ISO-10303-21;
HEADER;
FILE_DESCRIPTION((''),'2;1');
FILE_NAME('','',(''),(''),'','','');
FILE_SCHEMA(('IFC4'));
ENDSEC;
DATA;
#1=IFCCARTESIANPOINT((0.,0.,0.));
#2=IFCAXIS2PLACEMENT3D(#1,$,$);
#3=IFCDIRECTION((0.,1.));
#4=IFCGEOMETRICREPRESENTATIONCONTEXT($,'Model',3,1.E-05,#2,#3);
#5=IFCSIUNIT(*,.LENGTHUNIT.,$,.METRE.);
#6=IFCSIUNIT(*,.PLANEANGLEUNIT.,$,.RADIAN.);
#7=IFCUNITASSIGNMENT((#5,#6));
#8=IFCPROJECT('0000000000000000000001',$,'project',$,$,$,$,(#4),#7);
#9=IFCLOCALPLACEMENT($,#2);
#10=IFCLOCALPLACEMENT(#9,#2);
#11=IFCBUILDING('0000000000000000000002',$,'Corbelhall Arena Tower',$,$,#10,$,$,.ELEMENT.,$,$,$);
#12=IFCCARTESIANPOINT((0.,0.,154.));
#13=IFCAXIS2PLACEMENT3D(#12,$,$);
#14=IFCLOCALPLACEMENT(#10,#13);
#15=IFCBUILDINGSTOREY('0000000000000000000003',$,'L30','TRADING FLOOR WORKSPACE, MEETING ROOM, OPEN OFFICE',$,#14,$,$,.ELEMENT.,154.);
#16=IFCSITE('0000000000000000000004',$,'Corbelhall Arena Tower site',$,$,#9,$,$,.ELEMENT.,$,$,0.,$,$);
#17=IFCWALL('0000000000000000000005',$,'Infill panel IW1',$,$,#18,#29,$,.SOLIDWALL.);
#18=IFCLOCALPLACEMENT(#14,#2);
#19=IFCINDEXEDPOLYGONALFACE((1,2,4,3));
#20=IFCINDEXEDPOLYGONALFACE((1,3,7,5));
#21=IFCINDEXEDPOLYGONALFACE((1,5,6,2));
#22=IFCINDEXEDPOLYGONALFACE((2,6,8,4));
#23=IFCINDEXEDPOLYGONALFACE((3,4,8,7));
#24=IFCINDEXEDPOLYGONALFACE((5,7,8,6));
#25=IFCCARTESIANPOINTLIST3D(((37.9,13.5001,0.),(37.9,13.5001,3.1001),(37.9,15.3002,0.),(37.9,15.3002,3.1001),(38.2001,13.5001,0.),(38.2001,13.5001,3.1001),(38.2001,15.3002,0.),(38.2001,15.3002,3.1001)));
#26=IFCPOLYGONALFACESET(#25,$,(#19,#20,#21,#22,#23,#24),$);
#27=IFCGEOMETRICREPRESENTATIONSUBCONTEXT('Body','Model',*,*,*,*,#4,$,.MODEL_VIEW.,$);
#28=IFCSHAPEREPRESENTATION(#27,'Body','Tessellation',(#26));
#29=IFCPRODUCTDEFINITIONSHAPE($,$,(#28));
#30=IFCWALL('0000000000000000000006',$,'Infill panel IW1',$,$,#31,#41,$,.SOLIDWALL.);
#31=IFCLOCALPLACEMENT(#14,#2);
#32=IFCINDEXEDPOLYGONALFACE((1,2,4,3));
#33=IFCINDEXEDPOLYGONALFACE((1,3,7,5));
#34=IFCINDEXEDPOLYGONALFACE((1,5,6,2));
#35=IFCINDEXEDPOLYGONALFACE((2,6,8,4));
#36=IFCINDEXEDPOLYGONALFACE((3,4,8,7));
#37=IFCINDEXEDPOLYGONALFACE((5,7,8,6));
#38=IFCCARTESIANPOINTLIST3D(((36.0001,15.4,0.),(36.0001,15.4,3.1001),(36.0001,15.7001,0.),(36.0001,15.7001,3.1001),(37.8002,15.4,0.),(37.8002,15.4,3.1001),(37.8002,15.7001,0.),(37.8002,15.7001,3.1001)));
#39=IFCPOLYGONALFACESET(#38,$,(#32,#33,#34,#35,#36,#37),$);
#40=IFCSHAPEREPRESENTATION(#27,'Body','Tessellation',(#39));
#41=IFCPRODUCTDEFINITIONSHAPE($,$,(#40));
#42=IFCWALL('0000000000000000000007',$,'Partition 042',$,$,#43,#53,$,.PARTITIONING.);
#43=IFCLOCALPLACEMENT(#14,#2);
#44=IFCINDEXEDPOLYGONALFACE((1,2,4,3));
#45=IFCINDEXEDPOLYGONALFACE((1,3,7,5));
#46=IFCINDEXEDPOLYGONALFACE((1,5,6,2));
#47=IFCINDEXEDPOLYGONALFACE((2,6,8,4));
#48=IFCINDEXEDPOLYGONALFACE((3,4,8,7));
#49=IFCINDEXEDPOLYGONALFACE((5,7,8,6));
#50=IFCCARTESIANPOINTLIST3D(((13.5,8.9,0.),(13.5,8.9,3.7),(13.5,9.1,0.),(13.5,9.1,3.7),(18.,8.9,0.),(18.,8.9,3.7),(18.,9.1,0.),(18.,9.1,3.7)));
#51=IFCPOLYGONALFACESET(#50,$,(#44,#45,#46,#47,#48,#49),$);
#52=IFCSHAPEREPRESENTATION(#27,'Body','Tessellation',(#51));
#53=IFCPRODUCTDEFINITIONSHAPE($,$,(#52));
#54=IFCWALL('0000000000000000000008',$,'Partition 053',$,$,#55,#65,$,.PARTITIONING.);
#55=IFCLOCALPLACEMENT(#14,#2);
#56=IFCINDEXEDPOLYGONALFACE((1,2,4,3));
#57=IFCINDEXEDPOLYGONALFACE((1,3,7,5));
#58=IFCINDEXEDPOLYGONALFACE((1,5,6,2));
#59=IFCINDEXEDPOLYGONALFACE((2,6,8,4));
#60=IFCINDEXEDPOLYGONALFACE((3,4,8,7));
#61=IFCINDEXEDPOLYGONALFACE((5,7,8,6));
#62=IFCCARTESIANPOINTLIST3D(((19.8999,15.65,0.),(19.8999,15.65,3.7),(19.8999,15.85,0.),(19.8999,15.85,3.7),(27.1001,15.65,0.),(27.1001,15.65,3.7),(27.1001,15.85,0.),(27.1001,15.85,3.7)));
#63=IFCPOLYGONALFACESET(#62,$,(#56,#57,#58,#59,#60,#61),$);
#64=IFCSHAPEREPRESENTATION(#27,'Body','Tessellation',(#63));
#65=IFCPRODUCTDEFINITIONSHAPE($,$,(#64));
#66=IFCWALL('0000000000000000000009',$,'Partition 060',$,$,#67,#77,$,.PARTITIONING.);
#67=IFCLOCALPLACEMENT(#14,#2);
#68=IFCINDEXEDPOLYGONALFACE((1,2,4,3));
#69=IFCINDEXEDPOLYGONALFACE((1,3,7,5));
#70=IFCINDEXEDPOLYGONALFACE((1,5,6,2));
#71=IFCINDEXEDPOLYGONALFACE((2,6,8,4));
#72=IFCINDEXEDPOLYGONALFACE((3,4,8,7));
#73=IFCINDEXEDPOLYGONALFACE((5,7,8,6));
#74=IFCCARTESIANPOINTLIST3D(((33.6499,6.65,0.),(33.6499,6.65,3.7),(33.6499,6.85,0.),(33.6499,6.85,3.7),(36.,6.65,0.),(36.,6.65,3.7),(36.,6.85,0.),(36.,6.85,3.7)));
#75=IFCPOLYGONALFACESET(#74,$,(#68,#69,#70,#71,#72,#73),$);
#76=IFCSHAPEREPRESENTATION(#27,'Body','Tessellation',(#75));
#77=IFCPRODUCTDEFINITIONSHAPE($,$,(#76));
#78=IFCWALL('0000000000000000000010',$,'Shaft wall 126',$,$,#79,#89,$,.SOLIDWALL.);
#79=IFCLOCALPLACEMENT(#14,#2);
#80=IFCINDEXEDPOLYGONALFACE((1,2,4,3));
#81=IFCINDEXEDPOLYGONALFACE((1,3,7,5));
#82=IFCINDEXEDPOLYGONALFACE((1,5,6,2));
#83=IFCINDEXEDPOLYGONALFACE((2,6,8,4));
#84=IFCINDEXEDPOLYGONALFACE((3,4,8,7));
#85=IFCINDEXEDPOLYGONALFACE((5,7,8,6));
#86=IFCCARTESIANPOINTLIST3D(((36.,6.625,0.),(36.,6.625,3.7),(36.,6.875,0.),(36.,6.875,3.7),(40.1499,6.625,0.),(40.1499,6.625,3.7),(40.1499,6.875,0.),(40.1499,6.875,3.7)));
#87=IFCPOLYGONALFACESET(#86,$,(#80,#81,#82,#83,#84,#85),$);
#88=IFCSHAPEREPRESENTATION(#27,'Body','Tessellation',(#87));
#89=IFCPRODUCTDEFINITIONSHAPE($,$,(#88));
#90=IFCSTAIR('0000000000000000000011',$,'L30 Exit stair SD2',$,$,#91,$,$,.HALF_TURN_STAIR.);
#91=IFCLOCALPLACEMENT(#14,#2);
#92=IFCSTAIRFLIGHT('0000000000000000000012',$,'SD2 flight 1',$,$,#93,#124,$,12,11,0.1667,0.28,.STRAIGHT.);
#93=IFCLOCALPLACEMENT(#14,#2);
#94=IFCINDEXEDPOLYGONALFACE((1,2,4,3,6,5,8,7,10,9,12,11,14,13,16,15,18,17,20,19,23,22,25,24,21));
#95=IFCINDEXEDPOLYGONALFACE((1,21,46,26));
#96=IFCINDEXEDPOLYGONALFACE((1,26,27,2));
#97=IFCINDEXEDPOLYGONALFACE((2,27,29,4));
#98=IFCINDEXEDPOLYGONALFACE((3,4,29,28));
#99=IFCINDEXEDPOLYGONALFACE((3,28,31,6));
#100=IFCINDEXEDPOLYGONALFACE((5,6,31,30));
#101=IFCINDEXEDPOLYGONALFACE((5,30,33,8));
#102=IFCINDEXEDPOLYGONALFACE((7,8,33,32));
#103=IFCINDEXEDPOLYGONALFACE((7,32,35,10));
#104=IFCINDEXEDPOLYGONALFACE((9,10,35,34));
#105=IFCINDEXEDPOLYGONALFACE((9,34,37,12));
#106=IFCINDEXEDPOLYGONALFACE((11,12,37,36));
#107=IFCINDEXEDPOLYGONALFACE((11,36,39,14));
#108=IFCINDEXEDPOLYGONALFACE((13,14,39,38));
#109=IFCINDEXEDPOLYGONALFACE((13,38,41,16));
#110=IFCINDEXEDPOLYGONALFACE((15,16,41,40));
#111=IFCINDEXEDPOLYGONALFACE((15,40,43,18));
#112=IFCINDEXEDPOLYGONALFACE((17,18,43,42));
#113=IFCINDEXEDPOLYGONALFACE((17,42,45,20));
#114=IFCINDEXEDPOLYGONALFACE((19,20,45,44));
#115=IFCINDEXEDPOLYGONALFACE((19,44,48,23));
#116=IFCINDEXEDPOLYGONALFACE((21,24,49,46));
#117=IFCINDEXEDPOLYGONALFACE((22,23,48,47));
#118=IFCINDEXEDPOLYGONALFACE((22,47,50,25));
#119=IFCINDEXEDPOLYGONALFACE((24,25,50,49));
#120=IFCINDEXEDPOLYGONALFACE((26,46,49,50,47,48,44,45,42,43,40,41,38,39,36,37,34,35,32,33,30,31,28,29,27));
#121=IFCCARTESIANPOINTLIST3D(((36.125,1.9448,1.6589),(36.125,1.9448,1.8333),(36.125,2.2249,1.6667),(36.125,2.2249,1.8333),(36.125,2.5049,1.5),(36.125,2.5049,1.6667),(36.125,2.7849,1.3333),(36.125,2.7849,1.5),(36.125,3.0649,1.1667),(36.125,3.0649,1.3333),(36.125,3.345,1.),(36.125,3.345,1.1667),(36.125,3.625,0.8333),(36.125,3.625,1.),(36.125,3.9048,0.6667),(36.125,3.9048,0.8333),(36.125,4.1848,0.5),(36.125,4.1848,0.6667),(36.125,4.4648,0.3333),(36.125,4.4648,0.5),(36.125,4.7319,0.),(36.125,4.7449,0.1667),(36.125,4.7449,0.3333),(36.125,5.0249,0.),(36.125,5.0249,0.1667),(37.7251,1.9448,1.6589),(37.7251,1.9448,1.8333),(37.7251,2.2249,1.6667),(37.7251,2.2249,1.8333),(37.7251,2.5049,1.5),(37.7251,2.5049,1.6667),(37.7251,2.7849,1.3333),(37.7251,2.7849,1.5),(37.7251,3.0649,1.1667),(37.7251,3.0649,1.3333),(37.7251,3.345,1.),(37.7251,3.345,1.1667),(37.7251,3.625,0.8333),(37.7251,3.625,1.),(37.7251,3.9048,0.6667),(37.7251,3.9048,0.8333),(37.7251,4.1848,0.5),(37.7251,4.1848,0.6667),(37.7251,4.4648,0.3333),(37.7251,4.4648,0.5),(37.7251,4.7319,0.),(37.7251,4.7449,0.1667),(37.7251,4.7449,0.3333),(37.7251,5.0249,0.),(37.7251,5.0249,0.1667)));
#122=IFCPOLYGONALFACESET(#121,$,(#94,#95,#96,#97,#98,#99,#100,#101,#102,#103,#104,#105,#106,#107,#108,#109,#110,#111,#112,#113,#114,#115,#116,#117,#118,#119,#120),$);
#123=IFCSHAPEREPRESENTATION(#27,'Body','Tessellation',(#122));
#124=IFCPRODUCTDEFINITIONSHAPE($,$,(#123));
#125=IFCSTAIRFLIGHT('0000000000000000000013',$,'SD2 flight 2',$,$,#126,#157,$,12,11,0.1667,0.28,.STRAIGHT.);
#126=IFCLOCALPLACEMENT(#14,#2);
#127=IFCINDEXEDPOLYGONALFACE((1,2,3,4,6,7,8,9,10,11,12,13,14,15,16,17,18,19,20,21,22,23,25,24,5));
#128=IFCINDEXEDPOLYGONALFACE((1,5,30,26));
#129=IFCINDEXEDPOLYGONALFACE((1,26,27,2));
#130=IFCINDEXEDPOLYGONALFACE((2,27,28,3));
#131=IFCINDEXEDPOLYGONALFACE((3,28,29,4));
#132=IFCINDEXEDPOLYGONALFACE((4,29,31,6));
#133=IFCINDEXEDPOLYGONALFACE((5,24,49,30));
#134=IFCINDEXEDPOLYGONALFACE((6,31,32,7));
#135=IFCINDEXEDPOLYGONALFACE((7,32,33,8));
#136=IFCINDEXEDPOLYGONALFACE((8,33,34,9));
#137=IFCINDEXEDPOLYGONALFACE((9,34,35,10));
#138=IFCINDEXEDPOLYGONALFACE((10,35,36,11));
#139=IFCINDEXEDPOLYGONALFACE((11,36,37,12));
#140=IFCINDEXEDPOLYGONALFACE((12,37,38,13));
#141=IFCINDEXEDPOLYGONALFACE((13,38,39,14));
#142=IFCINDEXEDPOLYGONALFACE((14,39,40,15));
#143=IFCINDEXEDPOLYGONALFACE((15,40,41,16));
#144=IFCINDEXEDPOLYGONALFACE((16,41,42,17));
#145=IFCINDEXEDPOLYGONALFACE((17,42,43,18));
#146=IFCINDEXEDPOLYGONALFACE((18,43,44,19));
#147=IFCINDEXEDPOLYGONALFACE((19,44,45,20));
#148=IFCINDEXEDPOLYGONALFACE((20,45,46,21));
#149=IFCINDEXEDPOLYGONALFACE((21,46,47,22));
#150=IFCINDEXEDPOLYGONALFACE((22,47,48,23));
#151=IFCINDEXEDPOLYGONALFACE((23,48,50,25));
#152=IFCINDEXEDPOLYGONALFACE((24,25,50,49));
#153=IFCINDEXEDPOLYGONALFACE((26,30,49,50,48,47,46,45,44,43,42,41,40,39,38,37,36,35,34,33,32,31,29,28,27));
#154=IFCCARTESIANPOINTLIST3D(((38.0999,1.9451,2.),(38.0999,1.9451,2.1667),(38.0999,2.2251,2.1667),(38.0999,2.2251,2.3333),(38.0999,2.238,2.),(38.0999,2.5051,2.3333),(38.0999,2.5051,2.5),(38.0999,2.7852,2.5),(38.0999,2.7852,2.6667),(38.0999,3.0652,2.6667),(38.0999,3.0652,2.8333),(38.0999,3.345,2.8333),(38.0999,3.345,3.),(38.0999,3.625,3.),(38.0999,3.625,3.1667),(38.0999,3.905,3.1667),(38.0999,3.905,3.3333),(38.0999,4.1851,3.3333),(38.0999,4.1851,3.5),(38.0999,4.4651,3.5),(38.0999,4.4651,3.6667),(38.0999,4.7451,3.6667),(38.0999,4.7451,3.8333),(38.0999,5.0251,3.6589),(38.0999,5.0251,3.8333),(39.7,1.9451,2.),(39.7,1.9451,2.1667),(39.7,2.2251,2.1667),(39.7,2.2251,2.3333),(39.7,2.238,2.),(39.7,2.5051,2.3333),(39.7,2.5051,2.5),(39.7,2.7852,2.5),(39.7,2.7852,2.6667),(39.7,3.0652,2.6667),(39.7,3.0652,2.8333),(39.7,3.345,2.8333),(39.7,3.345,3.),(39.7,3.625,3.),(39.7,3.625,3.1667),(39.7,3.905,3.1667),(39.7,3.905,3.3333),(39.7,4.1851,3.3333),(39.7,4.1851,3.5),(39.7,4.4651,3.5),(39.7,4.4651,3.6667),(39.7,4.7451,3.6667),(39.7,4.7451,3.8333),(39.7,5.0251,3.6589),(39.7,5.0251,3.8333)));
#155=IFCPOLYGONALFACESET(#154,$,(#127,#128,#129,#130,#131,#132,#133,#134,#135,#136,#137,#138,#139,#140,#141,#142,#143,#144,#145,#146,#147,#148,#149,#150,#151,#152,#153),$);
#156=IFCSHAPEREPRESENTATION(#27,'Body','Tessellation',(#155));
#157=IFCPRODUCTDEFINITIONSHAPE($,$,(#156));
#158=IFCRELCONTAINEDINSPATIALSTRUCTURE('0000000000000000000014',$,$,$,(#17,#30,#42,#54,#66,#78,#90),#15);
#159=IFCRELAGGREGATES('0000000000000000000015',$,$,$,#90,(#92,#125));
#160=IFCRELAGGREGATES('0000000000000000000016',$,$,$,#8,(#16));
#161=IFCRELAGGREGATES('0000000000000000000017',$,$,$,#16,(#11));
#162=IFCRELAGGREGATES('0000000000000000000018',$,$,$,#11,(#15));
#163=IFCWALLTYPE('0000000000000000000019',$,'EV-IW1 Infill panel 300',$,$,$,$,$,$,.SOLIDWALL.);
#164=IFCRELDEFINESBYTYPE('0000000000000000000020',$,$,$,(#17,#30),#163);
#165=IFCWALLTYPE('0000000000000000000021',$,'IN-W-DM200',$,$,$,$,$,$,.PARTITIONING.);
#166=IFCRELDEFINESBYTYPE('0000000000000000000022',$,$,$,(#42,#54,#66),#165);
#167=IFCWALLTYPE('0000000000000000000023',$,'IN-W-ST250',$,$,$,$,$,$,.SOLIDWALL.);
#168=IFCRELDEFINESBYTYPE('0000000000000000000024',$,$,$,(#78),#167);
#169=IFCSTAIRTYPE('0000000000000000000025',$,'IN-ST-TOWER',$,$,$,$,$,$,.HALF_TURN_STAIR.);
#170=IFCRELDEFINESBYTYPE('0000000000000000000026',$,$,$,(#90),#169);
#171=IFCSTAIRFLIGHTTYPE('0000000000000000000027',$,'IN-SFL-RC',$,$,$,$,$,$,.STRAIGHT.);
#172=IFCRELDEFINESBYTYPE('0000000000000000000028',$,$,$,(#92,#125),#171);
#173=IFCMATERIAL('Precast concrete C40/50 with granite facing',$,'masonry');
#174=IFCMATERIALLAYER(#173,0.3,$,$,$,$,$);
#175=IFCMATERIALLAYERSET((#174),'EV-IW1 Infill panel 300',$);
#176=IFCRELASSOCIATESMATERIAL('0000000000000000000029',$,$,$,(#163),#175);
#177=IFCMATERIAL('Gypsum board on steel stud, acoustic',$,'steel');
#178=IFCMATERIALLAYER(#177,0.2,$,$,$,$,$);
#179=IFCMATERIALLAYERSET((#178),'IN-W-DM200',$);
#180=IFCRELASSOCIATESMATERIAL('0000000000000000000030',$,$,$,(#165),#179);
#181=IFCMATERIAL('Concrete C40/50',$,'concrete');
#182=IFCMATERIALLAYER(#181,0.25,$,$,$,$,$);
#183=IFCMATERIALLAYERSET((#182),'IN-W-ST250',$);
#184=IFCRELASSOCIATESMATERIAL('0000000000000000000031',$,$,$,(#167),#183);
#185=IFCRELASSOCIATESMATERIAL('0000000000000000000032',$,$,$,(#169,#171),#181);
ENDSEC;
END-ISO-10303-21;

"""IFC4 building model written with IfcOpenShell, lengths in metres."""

from ifc_helpers import new_model, si_unit, direction, frame, frame_2d, origin, place, context, subcontext, project, spatial, polyline, rectangle, outline, extrude, material, layer, layer_set, type_object, element, aggregate, save


model = new_model("IFC4")

# Units and contexts
model_context = context("Model", 3, precision=1e-05, world=origin(), true_north=direction((0.0, 1.0)))
body_context = subcontext(model_context, "Body", "Model", "MODEL_VIEW")
ifc_project = project(units=[si_unit("LENGTHUNIT", "METRE"), si_unit("PLANEANGLEUNIT", "RADIAN")], contexts=[model_context])

# Site, building, storey
site_placement = place(None, origin())
site = spatial("IfcSite", under=ifc_project, at=site_placement, Name="Corbelhall Arena Tower site", CompositionType="ELEMENT", RefElevation=0.0)
building_placement = place(site_placement, origin())
building = spatial("IfcBuilding", under=site, at=building_placement, Name="Corbelhall Arena Tower", CompositionType="ELEMENT")
storey_placement = place(building_placement, frame((0.0, 0.0, 154.0)))
storey = spatial("IfcBuildingStorey", under=building, at=storey_placement, Name="L30", Description="TRADING FLOOR WORKSPACE, MEETING ROOM, OPEN OFFICE", CompositionType="ELEMENT", Elevation=154.0)

# Walls
ifc_material_1 = material(Name="Precast concrete C40/50 with granite facing", Category="masonry")
ifc_layer_1 = layer(ifc_material_1, 0.3)
ifc_layer_set_1 = layer_set([ifc_layer_1], Name="EV-IW1 Infill panel 300")
wall_type_1 = type_object("IfcWallType", Name="EV-IW1 Infill panel 300", PredefinedType="SOLIDWALL", material=ifc_layer_set_1)
for number, where, z_axis, x_axis, name in (
    (1, (38.05, 15.3, 0.0), (0.0, 0.0, 1.0), (0.0, -1.0, 0.0), "Infill panel IW1"),
    (2, (37.8, 15.55, 0.0), (0.0, 0.0, 1.0), (-1.0, 0.0, 0.0), "Infill panel IW1"),
):
    element("IfcWall", number, at=place(storey_placement, frame(where, z_axis=z_axis, x_axis=x_axis)), inside=storey, type_object=wall_type_1, Name=name, PredefinedType="SOLIDWALL", context=body_context, shape_type="SweptSolid", body=[
        extrude(rectangle(XDim=1.8, YDim=0.3, at=frame_2d((0.8999, 0.0))), origin(), (0.0, 0.0, 1.0), 3.1001),
    ])

# Wall
ifc_material_2 = material(Name="Gypsum board on steel stud, acoustic", Category="steel")
ifc_layer_2 = layer(ifc_material_2, 0.2)
ifc_layer_set_2 = layer_set([ifc_layer_2], Name="IN-W-DM200")
wall_type_2 = type_object("IfcWallType", Name="IN-W-DM200", PredefinedType="PARTITIONING", material=ifc_layer_set_2)
wall_1_placement = place(storey_placement, frame((18.0, 9.0, 0.0), z_axis=(0.0, 0.0, 1.0), x_axis=(-1.0, 0.0, 0.0)))
element("IfcWall", 3, at=wall_1_placement, inside=storey, type_object=wall_type_2, Name="Partition 042", PredefinedType="PARTITIONING", context=body_context, shape_type="SweptSolid", body=[
    extrude(rectangle(XDim=4.5, YDim=0.2, at=frame_2d((2.25, 0.0))), origin(), (0.0, 0.0, 1.0), 3.7),
])

# Wall
wall_2_placement = place(storey_placement, frame((19.8999, 15.75, 0.0), z_axis=(0.0, 0.0, 1.0), x_axis=(1.0, 0.0, 0.0)))
element("IfcWall", 4, at=wall_2_placement, inside=storey, type_object=wall_type_2, Name="Partition 053", PredefinedType="PARTITIONING", context=body_context, shape_type="SweptSolid", body=[
    extrude(rectangle(XDim=7.2002, YDim=0.2, at=frame_2d((3.6001, 0.0))), origin(), (0.0, 0.0, 1.0), 3.7),
])

# Walls
wall_3_placement = place(storey_placement, frame((33.6499, 6.75, 0.0), z_axis=(0.0, 0.0, 1.0), x_axis=(1.0, 0.0, 0.0)))
element("IfcWall", 5, at=wall_3_placement, inside=storey, type_object=wall_type_2, Name="Partition 060", PredefinedType="PARTITIONING", context=body_context, shape_type="SweptSolid", body=[
    extrude(rectangle(XDim=2.3501, YDim=0.2, at=frame_2d((1.175, 0.0))), origin(), (0.0, 0.0, 1.0), 3.7),
])
ifc_material_3 = material(Name="Concrete C40/50", Category="concrete")
ifc_layer_3 = layer(ifc_material_3, 0.25)
ifc_layer_set_3 = layer_set([ifc_layer_3], Name="IN-W-ST250")
wall_type_3 = type_object("IfcWallType", Name="IN-W-ST250", PredefinedType="SOLIDWALL", material=ifc_layer_set_3)
wall_4_placement = place(storey_placement, frame((36.0, 6.75, 0.0), z_axis=(0.0, 0.0, 1.0), x_axis=(1.0, 0.0, 0.0)))
element("IfcWall", 6, at=wall_4_placement, inside=storey, type_object=wall_type_3, Name="Shaft wall 126", PredefinedType="SOLIDWALL", context=body_context, shape_type="SweptSolid", body=[
    extrude(rectangle(XDim=4.1499, YDim=0.25, at=frame_2d((2.075, 0.0))), origin(), (0.0, 0.0, 1.0), 3.7),
])

# Stair, stair flights
stair_type = type_object("IfcStairType", Name="IN-ST-TOWER", PredefinedType="HALF_TURN_STAIR", material=ifc_material_3)
stair_placement = place(storey_placement, origin())
stair = element("IfcStair", 7, at=stair_placement, inside=storey, type_object=stair_type, Name="L30 Exit stair SD2", PredefinedType="HALF_TURN_STAIR")
stair_flight_type = type_object("IfcStairFlightType", Name="IN-SFL-RC", PredefinedType="STRAIGHT", material=ifc_material_3)
stair_flight_1_placement = place(storey_placement, frame((36.925, 5.0249, 0.0), z_axis=(0.0, 0.0, 1.0), x_axis=(0.0, -1.0, 0.0)))
stair_flight_1 = element("IfcStairFlight", 8, at=stair_flight_1_placement, type_object=stair_flight_type, Name="SD2 flight 1", NumberOfRisers=12, NumberOfTreads=11, PredefinedType="STRAIGHT", RiserHeight=0.1667, TreadLength=0.28, context=body_context, shape_type="SweptSolid", body=[
    extrude(outline(polyline([(0.0, 0.0), (0.0, 0.1667), (0.28, 0.1667), (0.28, 0.3333), (0.5601, 0.3333), (0.5601, 0.5), (0.8401, 0.5), (0.8401, 0.6667), (1.1201, 0.6667), (1.1201, 0.8333), (1.3999, 0.8333), (1.3999, 1.0), (1.6799, 1.0), (1.6799, 1.1667), (1.96, 1.1667), (1.96, 1.3333), (2.24, 1.3333), (2.24, 1.5), (2.52, 1.5), (2.52, 1.6667), (2.8, 1.6667), (2.8, 1.8333), (3.0801, 1.8333), (3.0801, 2.0), (3.0801, 1.6589), (0.293, 0.0), (0.0, 0.0)])), frame((0.0, 0.8, 0.0), z_axis=(0.0, -1.0, 0.0), x_axis=(1.0, 0.0, 0.0)), (0.0, 0.0, 1.0), 1.6001),
])
stair_flight_2_placement = place(storey_placement, frame((38.8999, 1.9451, 2.0), z_axis=(0.0, 0.0, 1.0), x_axis=(0.0, 1.0, 0.0)))
stair_flight_2 = element("IfcStairFlight", 9, at=stair_flight_2_placement, type_object=stair_flight_type, Name="SD2 flight 2", NumberOfRisers=12, NumberOfTreads=11, PredefinedType="STRAIGHT", RiserHeight=0.1667, TreadLength=0.28, context=body_context, shape_type="SweptSolid", body=[
    extrude(outline(polyline([(0.0, 0.0), (0.0, 0.1667), (0.28, 0.1667), (0.28, 0.3333), (0.5601, 0.3333), (0.5601, 0.5), (0.8401, 0.5), (0.8401, 0.6667), (1.1201, 0.6667), (1.1201, 0.8333), (1.3999, 0.8333), (1.3999, 1.0), (1.6799, 1.0), (1.6799, 1.1667), (1.96, 1.1667), (1.96, 1.3333), (2.24, 1.3333), (2.24, 1.5), (2.52, 1.5), (2.52, 1.6667), (2.8, 1.6667), (2.8, 1.8333), (3.0801, 1.8333), (3.0801, 2.0), (3.0801, 1.6589), (0.293, 0.0), (0.0, 0.0)])), frame((0.0, 0.8, 0.0), z_axis=(0.0, -1.0, 0.0), x_axis=(1.0, 0.0, 0.0)), (0.0, 0.0, 1.0), 1.6001),
])
aggregate(stair, [stair_flight_1, stair_flight_2])

save(model, "model.ifc")
